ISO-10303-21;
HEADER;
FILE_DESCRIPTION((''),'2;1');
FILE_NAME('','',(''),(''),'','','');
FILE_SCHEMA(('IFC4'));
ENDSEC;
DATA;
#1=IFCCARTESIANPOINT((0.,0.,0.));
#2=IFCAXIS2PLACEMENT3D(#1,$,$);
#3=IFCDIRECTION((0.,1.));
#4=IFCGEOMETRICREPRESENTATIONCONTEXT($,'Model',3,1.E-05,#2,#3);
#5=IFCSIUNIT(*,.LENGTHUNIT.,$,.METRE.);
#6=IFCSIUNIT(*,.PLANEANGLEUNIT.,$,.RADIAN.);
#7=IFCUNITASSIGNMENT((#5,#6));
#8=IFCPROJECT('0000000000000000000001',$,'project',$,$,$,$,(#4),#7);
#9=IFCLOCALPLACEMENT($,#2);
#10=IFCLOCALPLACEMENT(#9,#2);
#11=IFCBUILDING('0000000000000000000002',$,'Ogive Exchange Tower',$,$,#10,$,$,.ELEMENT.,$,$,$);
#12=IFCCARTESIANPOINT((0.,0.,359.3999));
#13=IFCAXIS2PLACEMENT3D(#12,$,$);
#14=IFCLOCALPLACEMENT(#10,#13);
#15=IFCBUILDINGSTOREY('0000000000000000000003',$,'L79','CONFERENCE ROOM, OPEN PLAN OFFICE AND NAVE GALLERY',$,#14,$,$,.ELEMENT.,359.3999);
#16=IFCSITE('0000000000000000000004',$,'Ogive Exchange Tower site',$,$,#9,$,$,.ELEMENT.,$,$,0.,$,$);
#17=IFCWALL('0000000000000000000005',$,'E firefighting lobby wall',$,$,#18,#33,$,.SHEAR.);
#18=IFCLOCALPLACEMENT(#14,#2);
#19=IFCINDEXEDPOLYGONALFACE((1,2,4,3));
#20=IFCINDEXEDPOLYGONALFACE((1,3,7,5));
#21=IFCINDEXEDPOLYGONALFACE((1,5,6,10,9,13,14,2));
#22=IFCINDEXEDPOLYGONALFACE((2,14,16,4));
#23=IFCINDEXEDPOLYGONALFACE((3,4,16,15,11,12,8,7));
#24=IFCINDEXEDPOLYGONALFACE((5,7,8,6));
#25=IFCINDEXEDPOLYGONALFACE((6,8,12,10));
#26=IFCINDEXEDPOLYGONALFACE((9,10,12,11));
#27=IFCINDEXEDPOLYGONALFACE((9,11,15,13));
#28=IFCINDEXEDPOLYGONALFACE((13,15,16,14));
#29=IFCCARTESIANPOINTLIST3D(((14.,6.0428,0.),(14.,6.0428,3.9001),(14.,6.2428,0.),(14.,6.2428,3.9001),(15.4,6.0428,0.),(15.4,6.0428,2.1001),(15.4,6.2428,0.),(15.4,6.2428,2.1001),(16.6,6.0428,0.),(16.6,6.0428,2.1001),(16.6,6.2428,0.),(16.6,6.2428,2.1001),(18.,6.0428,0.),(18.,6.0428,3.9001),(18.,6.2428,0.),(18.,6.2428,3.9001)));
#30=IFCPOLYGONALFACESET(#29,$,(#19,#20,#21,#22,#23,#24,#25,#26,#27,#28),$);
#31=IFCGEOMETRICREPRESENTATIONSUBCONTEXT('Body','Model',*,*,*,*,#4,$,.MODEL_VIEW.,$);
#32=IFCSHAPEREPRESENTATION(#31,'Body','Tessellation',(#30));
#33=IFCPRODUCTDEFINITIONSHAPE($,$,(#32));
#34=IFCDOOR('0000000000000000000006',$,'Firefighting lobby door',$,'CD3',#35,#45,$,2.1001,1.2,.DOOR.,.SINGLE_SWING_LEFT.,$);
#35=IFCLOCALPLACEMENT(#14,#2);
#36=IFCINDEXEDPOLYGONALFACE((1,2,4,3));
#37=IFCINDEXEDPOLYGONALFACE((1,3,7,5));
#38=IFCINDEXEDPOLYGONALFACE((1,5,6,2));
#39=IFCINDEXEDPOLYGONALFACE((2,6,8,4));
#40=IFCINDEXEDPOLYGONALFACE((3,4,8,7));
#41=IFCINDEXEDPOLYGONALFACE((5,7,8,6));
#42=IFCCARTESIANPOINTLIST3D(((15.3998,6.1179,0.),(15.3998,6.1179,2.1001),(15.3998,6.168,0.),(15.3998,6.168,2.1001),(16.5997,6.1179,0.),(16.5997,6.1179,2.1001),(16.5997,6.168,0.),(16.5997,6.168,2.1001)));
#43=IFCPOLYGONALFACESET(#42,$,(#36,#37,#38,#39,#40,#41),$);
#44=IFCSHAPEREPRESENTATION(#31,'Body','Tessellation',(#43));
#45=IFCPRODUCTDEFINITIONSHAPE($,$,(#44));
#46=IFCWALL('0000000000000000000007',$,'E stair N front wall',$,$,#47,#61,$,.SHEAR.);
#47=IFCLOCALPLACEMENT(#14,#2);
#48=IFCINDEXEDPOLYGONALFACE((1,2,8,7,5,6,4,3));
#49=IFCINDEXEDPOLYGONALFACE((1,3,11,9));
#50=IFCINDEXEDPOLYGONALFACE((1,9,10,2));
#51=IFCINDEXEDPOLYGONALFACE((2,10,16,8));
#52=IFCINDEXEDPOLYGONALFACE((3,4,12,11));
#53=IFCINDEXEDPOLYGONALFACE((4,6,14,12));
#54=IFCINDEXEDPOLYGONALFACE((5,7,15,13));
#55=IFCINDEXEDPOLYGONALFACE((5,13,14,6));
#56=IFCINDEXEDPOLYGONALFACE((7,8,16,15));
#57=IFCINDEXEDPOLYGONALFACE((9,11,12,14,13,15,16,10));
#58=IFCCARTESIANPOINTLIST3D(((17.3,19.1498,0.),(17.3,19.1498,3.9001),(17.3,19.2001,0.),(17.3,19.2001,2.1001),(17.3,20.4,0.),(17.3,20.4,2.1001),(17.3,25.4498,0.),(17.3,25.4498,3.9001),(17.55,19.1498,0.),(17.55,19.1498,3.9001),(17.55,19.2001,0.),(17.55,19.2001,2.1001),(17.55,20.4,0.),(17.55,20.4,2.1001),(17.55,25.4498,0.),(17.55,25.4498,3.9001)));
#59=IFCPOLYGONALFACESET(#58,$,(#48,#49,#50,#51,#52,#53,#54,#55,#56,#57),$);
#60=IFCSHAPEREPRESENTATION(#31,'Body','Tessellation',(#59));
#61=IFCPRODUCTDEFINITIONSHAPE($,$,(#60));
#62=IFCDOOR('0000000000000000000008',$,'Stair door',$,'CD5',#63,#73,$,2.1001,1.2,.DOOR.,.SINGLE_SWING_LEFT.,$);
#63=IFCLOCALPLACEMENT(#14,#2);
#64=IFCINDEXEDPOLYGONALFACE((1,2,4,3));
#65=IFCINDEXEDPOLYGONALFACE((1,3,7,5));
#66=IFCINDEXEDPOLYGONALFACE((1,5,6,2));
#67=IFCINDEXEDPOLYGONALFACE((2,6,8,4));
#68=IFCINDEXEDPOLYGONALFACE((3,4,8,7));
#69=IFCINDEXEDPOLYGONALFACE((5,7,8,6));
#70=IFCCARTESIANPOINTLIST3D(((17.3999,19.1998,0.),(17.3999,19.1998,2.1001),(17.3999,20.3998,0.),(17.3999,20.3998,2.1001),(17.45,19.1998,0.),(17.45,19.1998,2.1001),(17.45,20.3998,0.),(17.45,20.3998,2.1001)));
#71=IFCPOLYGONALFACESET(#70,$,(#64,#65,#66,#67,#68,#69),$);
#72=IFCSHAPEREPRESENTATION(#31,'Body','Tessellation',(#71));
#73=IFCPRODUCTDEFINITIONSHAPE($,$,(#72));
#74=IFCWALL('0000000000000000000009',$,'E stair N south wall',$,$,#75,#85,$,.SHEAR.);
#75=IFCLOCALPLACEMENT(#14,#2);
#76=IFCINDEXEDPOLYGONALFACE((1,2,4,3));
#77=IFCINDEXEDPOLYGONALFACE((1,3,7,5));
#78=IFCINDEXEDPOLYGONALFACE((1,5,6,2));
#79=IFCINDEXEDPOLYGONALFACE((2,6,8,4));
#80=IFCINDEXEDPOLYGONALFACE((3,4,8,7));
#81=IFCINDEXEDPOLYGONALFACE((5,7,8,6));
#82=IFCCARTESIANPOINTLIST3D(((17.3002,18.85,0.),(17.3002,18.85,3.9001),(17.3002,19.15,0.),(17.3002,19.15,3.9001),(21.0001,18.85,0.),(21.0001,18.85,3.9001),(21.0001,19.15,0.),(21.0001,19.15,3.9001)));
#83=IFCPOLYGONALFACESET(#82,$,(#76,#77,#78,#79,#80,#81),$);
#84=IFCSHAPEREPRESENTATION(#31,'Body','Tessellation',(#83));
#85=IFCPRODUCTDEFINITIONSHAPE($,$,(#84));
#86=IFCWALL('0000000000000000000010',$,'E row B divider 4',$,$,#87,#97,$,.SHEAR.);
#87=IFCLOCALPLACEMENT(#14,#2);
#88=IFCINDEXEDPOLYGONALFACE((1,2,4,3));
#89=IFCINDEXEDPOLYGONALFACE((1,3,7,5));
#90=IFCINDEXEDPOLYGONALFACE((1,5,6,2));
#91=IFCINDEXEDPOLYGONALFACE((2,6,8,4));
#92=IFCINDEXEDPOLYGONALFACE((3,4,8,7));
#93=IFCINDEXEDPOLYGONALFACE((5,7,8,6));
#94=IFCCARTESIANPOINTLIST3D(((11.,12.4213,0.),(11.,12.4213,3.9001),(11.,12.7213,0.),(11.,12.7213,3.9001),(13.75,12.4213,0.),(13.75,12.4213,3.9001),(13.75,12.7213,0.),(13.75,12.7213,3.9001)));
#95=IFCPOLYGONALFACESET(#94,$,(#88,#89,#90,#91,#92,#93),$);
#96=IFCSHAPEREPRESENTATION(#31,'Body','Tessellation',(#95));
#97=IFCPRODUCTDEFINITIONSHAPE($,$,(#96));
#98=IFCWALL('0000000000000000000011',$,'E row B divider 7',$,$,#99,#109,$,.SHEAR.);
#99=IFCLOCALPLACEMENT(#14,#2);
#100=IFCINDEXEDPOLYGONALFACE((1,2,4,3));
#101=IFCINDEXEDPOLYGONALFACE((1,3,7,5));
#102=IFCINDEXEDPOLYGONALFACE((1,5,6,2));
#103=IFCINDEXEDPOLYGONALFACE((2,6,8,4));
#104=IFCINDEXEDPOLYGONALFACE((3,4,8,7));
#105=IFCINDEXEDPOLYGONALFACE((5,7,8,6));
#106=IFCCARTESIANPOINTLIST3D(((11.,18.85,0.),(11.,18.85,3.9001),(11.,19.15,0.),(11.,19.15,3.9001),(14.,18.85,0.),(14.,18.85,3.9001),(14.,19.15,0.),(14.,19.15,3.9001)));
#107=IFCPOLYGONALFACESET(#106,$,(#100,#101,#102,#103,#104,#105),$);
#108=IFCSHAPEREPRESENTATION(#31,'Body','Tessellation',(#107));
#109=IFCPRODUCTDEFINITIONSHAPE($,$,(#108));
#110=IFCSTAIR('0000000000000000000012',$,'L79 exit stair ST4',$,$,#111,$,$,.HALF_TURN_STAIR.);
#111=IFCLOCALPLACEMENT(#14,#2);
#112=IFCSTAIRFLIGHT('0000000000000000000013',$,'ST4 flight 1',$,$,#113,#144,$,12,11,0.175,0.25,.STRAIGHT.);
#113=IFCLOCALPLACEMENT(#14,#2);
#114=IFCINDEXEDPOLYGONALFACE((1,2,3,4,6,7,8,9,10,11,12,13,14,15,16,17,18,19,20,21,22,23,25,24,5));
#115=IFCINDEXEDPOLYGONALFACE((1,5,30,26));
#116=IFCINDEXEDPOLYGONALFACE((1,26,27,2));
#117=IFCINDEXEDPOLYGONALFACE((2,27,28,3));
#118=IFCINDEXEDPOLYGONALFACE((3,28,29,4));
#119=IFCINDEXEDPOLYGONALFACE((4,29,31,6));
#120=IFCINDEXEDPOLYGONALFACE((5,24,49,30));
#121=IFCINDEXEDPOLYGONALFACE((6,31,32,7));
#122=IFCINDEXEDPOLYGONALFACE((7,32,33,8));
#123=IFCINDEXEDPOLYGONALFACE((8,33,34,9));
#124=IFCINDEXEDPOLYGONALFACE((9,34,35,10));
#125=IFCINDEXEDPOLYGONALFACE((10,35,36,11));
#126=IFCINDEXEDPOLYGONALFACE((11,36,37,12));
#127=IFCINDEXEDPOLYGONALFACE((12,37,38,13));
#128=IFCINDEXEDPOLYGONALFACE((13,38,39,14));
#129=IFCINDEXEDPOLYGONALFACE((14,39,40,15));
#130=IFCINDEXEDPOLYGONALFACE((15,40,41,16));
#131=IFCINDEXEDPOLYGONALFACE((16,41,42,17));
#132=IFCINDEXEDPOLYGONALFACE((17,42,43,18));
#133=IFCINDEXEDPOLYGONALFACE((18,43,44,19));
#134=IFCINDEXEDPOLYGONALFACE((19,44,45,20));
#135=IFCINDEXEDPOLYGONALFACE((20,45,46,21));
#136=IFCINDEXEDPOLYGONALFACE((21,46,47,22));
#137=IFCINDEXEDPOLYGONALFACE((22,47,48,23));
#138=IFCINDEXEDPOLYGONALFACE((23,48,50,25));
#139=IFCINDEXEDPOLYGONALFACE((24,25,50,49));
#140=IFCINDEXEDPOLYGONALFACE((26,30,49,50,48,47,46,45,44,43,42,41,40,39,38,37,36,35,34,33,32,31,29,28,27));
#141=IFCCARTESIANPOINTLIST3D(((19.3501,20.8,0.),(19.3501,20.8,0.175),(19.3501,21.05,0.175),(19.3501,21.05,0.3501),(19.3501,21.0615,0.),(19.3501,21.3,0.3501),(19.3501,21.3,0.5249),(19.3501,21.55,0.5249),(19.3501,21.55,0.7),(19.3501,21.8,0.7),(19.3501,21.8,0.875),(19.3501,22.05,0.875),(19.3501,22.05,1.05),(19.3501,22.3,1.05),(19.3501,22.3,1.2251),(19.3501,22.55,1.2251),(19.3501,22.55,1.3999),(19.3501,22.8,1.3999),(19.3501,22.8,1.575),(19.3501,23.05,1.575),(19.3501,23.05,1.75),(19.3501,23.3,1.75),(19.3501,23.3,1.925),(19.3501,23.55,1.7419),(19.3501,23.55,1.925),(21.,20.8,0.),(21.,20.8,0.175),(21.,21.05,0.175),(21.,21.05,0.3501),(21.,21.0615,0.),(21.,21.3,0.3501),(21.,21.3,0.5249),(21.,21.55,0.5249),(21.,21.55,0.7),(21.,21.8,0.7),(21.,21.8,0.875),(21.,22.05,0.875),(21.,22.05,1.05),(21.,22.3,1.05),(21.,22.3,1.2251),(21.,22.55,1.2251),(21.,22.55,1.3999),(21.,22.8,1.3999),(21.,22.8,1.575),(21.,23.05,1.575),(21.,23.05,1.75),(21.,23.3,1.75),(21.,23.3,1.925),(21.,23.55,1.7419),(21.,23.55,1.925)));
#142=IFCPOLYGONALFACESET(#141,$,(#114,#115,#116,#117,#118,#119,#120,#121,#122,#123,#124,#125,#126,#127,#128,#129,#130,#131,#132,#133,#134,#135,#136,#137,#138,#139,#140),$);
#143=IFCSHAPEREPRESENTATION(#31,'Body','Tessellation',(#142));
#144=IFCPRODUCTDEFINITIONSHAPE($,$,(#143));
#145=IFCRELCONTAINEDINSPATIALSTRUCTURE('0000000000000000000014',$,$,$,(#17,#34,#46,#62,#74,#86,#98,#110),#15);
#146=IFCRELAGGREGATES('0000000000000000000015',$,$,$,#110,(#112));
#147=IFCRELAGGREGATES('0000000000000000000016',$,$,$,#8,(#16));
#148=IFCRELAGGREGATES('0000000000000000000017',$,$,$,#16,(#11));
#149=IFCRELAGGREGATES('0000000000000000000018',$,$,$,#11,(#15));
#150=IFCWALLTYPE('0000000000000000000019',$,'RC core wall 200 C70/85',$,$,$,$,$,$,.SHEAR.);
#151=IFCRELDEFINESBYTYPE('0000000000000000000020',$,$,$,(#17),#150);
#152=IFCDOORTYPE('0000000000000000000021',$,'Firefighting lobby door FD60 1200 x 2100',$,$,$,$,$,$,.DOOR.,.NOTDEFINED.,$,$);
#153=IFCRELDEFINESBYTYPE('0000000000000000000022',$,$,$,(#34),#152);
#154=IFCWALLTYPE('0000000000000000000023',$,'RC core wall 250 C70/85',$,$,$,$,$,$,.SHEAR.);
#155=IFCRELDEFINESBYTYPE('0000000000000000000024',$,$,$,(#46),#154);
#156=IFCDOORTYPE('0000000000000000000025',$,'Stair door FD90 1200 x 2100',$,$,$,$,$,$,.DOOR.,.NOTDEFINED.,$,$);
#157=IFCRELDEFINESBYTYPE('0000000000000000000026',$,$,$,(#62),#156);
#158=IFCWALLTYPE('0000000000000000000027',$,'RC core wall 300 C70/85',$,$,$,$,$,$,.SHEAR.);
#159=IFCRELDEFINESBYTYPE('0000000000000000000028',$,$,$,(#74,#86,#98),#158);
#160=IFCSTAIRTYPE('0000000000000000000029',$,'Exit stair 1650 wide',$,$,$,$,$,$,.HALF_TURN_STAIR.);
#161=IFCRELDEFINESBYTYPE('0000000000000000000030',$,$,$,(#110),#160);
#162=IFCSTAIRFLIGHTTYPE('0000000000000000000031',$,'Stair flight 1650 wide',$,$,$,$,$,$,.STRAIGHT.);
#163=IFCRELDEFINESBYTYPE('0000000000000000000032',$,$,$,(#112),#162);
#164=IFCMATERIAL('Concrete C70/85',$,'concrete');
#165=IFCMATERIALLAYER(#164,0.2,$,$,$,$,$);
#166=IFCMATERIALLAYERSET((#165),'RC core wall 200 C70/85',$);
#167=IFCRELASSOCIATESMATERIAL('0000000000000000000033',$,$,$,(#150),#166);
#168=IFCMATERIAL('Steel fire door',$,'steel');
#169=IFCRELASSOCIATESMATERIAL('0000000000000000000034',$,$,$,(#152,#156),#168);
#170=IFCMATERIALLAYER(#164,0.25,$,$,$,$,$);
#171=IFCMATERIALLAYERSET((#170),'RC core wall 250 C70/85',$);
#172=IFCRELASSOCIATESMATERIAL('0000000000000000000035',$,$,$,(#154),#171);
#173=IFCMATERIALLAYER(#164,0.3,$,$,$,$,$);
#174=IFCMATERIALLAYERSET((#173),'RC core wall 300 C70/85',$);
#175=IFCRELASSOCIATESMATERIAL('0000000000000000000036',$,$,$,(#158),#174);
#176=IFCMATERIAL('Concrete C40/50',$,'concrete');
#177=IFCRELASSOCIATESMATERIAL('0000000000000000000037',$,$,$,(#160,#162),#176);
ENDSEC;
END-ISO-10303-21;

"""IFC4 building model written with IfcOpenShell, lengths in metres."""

from ifc_helpers import new_model, si_unit, direction, frame, frame_2d, origin, place, context, subcontext, project, spatial, polyline, rectangle, outline, extrude, material, layer, layer_set, type_object, element, fill, aggregate, save


model = new_model("IFC4")

# Units and contexts
model_context = context("Model", 3, precision=1e-05, world=origin(), true_north=direction((0.0, 1.0)))
body_context = subcontext(model_context, "Body", "Model", "MODEL_VIEW")
ifc_project = project(units=[si_unit("LENGTHUNIT", "METRE"), si_unit("PLANEANGLEUNIT", "RADIAN")], contexts=[model_context])

# Site, building, storey
site_placement = place(None, origin())
site = spatial("IfcSite", under=ifc_project, at=site_placement, Name="Ogive Exchange Tower site", CompositionType="ELEMENT", RefElevation=0.0)
building_placement = place(site_placement, origin())
building = spatial("IfcBuilding", under=site, at=building_placement, Name="Ogive Exchange Tower", CompositionType="ELEMENT")
storey_placement = place(building_placement, frame((0.0, 0.0, 359.3999)))
storey = spatial("IfcBuildingStorey", under=building, at=storey_placement, Name="L79", Description="CONFERENCE ROOM, OPEN PLAN OFFICE AND NAVE GALLERY", CompositionType="ELEMENT", Elevation=359.3999)

# Walls, openings, doors
ifc_material_1 = material(Name="Concrete C70/85", Category="concrete")
ifc_layer_1 = layer(ifc_material_1, 0.2)
ifc_layer_set_1 = layer_set([ifc_layer_1], Name="RC core wall 200 C70/85")
wall_type_1 = type_object("IfcWallType", Name="RC core wall 200 C70/85", PredefinedType="SHEAR", material=ifc_layer_set_1)
wall_1_placement = place(storey_placement, frame((14.0, 6.1428, 0.0), z_axis=(0.0, 0.0, 1.0), x_axis=(1.0, 0.0, 0.0)))
wall_1 = element("IfcWall", 1, at=wall_1_placement, inside=storey, type_object=wall_type_1, Name="E firefighting lobby wall", PredefinedType="SHEAR", context=body_context, shape_type="SweptSolid", body=[
    extrude(rectangle(XDim=4.0, YDim=0.2, at=frame_2d((2.0, 0.0))), origin(), (0.0, 0.0, 1.0), 3.9001),
])
opening_1_placement = place(wall_1_placement, frame((1.3999, 0.0, 0.0)))
opening_1 = element("IfcOpeningElement", 2, at=opening_1_placement, cuts=wall_1, PredefinedType="OPENING", context=body_context, shape_type="SweptSolid", body=[
    extrude(rectangle(XDim=1.2, YDim=2.1001, at=frame_2d((0.6001, 1.05))), frame((0.0, 0.1099, 0.0), z_axis=(0.0, -1.0, 0.0), x_axis=(1.0, 0.0, 0.0)), (0.0, 0.0, 1.0), 0.22),
])
ifc_material_2 = material(Name="Steel fire door", Category="steel")
door_type_1 = type_object("IfcDoorType", Name="Firefighting lobby door FD60 1200 x 2100", OperationType="NOTDEFINED", PredefinedType="DOOR", material=ifc_material_2)
door_1_placement = place(opening_1_placement, frame((1.2, 0.0, 0.0), z_axis=(0.0, 0.0, 1.0), x_axis=(-1.0, 0.0, 0.0)))
door_1 = element("IfcDoor", 3, at=door_1_placement, inside=storey, type_object=door_type_1, Name="Firefighting lobby door", ObjectType="CD3", OperationType="SINGLE_SWING_LEFT", OverallHeight=2.1001, OverallWidth=1.2, PredefinedType="DOOR", context=body_context, shape_type="SweptSolid", body=[
    extrude(rectangle(XDim=1.2, YDim=2.1001, at=frame_2d((0.6001, 1.05))), frame((0.0, 0.0249, 0.0), z_axis=(0.0, -1.0, 0.0), x_axis=(1.0, 0.0, 0.0)), (0.0, 0.0, 1.0), 0.05),
])
fill(opening_1, door_1)
ifc_layer_2 = layer(ifc_material_1, 0.25)
ifc_layer_set_2 = layer_set([ifc_layer_2], Name="RC core wall 250 C70/85")
wall_type_2 = type_object("IfcWallType", Name="RC core wall 250 C70/85", PredefinedType="SHEAR", material=ifc_layer_set_2)
wall_2_placement = place(storey_placement, frame((17.425, 19.1499, 0.0), z_axis=(0.0, 0.0, 1.0), x_axis=(0.0, 1.0, 0.0)))
wall_2 = element("IfcWall", 4, at=wall_2_placement, inside=storey, type_object=wall_type_2, Name="E stair N front wall", PredefinedType="SHEAR", context=body_context, shape_type="SweptSolid", body=[
    extrude(rectangle(XDim=6.3, YDim=0.25, at=frame_2d((3.1499, 0.0))), origin(), (0.0, 0.0, 1.0), 3.9001),
])
opening_2_placement = place(wall_2_placement, frame((0.05, 0.0, 0.0)))
opening_2 = element("IfcOpeningElement", 5, at=opening_2_placement, cuts=wall_2, PredefinedType="OPENING", context=body_context, shape_type="SweptSolid", body=[
    extrude(rectangle(XDim=1.2, YDim=2.1001, at=frame_2d((0.6001, 1.05))), frame((0.0, 0.135, 0.0), z_axis=(0.0, -1.0, 0.0), x_axis=(1.0, 0.0, 0.0)), (0.0, 0.0, 1.0), 0.27),
])
door_type_2 = type_object("IfcDoorType", Name="Stair door FD90 1200 x 2100", OperationType="NOTDEFINED", PredefinedType="DOOR", material=ifc_material_2)
door_2_placement = place(opening_2_placement, frame((1.2, 0.0, 0.0), z_axis=(0.0, 0.0, 1.0), x_axis=(-1.0, 0.0, 0.0)))
door_2 = element("IfcDoor", 6, at=door_2_placement, inside=storey, type_object=door_type_2, Name="Stair door", ObjectType="CD5", OperationType="SINGLE_SWING_LEFT", OverallHeight=2.1001, OverallWidth=1.2, PredefinedType="DOOR", context=body_context, shape_type="SweptSolid", body=[
    extrude(rectangle(XDim=1.2, YDim=2.1001, at=frame_2d((0.6001, 1.05))), frame((0.0, 0.0249, 0.0), z_axis=(0.0, -1.0, 0.0), x_axis=(1.0, 0.0, 0.0)), (0.0, 0.0, 1.0), 0.05),
])
fill(opening_2, door_2)

# Walls
ifc_layer_3 = layer(ifc_material_1, 0.3)
ifc_layer_set_3 = layer_set([ifc_layer_3], Name="RC core wall 300 C70/85")
wall_type_3 = type_object("IfcWallType", Name="RC core wall 300 C70/85", PredefinedType="SHEAR", material=ifc_layer_set_3)
wall_3_placement = place(storey_placement, frame((17.3, 19.0, 0.0), z_axis=(0.0, 0.0, 1.0), x_axis=(1.0, 0.0, 0.0)))
element("IfcWall", 7, at=wall_3_placement, inside=storey, type_object=wall_type_3, Name="E stair N south wall", PredefinedType="SHEAR", context=body_context, shape_type="SweptSolid", body=[
    extrude(rectangle(XDim=3.7, YDim=0.3, at=frame_2d((1.8501, 0.0))), origin(), (0.0, 0.0, 1.0), 3.9001),
])
wall_4_placement = place(storey_placement, frame((11.0, 12.5713, 0.0), z_axis=(0.0, 0.0, 1.0), x_axis=(1.0, 0.0, 0.0)))
element("IfcWall", 8, at=wall_4_placement, inside=storey, type_object=wall_type_3, Name="E row B divider 4", PredefinedType="SHEAR", context=body_context, shape_type="SweptSolid", body=[
    extrude(rectangle(XDim=2.75, YDim=0.3, at=frame_2d((1.375, 0.0))), origin(), (0.0, 0.0, 1.0), 3.9001),
])
wall_5_placement = place(storey_placement, frame((11.0, 19.0, 0.0), z_axis=(0.0, 0.0, 1.0), x_axis=(1.0, 0.0, 0.0)))
element("IfcWall", 9, at=wall_5_placement, inside=storey, type_object=wall_type_3, Name="E row B divider 7", PredefinedType="SHEAR", context=body_context, shape_type="SweptSolid", body=[
    extrude(rectangle(XDim=3.0, YDim=0.3, at=frame_2d((1.5, 0.0))), origin(), (0.0, 0.0, 1.0), 3.9001),
])

# Stair, stair flight
ifc_material_3 = material(Name="Concrete C40/50", Category="concrete")
stair_type = type_object("IfcStairType", Name="Exit stair 1650 wide", PredefinedType="HALF_TURN_STAIR", material=ifc_material_3)
stair_placement = place(storey_placement, origin())
stair = element("IfcStair", 10, at=stair_placement, inside=storey, type_object=stair_type, Name="L79 exit stair ST4", PredefinedType="HALF_TURN_STAIR")
stair_flight_type = type_object("IfcStairFlightType", Name="Stair flight 1650 wide", PredefinedType="STRAIGHT", material=ifc_material_3)
stair_flight_placement = place(storey_placement, frame((20.175, 20.8, 0.0), z_axis=(0.0, 0.0, 1.0), x_axis=(0.0, 1.0, 0.0)))
stair_flight = element("IfcStairFlight", 11, at=stair_flight_placement, type_object=stair_flight_type, Name="ST4 flight 1", NumberOfRisers=12, NumberOfTreads=11, PredefinedType="STRAIGHT", RiserHeight=0.175, TreadLength=0.25, context=body_context, shape_type="SweptSolid", body=[
    extrude(outline(polyline([(0.0, 0.0), (0.0, 0.175), (0.25, 0.175), (0.25, 0.3501), (0.5, 0.3501), (0.5, 0.5249), (0.75, 0.5249), (0.75, 0.7), (1.0, 0.7), (1.0, 0.875), (1.25, 0.875), (1.25, 1.05), (1.5, 1.05), (1.5, 1.2251), (1.75, 1.2251), (1.75, 1.3999), (2.0, 1.3999), (2.0, 1.575), (2.25, 1.575), (2.25, 1.75), (2.5, 1.75), (2.5, 1.925), (2.75, 1.925), (2.75, 2.1001), (2.75, 1.7419), (0.2615, 0.0), (0.0, 0.0)])), frame((0.0, 0.825, 0.0), z_axis=(0.0, -1.0, 0.0), x_axis=(1.0, 0.0, 0.0)), (0.0, 0.0, 1.0), 1.6499),
])
aggregate(stair, [stair_flight])

save(model, "model.ifc")
